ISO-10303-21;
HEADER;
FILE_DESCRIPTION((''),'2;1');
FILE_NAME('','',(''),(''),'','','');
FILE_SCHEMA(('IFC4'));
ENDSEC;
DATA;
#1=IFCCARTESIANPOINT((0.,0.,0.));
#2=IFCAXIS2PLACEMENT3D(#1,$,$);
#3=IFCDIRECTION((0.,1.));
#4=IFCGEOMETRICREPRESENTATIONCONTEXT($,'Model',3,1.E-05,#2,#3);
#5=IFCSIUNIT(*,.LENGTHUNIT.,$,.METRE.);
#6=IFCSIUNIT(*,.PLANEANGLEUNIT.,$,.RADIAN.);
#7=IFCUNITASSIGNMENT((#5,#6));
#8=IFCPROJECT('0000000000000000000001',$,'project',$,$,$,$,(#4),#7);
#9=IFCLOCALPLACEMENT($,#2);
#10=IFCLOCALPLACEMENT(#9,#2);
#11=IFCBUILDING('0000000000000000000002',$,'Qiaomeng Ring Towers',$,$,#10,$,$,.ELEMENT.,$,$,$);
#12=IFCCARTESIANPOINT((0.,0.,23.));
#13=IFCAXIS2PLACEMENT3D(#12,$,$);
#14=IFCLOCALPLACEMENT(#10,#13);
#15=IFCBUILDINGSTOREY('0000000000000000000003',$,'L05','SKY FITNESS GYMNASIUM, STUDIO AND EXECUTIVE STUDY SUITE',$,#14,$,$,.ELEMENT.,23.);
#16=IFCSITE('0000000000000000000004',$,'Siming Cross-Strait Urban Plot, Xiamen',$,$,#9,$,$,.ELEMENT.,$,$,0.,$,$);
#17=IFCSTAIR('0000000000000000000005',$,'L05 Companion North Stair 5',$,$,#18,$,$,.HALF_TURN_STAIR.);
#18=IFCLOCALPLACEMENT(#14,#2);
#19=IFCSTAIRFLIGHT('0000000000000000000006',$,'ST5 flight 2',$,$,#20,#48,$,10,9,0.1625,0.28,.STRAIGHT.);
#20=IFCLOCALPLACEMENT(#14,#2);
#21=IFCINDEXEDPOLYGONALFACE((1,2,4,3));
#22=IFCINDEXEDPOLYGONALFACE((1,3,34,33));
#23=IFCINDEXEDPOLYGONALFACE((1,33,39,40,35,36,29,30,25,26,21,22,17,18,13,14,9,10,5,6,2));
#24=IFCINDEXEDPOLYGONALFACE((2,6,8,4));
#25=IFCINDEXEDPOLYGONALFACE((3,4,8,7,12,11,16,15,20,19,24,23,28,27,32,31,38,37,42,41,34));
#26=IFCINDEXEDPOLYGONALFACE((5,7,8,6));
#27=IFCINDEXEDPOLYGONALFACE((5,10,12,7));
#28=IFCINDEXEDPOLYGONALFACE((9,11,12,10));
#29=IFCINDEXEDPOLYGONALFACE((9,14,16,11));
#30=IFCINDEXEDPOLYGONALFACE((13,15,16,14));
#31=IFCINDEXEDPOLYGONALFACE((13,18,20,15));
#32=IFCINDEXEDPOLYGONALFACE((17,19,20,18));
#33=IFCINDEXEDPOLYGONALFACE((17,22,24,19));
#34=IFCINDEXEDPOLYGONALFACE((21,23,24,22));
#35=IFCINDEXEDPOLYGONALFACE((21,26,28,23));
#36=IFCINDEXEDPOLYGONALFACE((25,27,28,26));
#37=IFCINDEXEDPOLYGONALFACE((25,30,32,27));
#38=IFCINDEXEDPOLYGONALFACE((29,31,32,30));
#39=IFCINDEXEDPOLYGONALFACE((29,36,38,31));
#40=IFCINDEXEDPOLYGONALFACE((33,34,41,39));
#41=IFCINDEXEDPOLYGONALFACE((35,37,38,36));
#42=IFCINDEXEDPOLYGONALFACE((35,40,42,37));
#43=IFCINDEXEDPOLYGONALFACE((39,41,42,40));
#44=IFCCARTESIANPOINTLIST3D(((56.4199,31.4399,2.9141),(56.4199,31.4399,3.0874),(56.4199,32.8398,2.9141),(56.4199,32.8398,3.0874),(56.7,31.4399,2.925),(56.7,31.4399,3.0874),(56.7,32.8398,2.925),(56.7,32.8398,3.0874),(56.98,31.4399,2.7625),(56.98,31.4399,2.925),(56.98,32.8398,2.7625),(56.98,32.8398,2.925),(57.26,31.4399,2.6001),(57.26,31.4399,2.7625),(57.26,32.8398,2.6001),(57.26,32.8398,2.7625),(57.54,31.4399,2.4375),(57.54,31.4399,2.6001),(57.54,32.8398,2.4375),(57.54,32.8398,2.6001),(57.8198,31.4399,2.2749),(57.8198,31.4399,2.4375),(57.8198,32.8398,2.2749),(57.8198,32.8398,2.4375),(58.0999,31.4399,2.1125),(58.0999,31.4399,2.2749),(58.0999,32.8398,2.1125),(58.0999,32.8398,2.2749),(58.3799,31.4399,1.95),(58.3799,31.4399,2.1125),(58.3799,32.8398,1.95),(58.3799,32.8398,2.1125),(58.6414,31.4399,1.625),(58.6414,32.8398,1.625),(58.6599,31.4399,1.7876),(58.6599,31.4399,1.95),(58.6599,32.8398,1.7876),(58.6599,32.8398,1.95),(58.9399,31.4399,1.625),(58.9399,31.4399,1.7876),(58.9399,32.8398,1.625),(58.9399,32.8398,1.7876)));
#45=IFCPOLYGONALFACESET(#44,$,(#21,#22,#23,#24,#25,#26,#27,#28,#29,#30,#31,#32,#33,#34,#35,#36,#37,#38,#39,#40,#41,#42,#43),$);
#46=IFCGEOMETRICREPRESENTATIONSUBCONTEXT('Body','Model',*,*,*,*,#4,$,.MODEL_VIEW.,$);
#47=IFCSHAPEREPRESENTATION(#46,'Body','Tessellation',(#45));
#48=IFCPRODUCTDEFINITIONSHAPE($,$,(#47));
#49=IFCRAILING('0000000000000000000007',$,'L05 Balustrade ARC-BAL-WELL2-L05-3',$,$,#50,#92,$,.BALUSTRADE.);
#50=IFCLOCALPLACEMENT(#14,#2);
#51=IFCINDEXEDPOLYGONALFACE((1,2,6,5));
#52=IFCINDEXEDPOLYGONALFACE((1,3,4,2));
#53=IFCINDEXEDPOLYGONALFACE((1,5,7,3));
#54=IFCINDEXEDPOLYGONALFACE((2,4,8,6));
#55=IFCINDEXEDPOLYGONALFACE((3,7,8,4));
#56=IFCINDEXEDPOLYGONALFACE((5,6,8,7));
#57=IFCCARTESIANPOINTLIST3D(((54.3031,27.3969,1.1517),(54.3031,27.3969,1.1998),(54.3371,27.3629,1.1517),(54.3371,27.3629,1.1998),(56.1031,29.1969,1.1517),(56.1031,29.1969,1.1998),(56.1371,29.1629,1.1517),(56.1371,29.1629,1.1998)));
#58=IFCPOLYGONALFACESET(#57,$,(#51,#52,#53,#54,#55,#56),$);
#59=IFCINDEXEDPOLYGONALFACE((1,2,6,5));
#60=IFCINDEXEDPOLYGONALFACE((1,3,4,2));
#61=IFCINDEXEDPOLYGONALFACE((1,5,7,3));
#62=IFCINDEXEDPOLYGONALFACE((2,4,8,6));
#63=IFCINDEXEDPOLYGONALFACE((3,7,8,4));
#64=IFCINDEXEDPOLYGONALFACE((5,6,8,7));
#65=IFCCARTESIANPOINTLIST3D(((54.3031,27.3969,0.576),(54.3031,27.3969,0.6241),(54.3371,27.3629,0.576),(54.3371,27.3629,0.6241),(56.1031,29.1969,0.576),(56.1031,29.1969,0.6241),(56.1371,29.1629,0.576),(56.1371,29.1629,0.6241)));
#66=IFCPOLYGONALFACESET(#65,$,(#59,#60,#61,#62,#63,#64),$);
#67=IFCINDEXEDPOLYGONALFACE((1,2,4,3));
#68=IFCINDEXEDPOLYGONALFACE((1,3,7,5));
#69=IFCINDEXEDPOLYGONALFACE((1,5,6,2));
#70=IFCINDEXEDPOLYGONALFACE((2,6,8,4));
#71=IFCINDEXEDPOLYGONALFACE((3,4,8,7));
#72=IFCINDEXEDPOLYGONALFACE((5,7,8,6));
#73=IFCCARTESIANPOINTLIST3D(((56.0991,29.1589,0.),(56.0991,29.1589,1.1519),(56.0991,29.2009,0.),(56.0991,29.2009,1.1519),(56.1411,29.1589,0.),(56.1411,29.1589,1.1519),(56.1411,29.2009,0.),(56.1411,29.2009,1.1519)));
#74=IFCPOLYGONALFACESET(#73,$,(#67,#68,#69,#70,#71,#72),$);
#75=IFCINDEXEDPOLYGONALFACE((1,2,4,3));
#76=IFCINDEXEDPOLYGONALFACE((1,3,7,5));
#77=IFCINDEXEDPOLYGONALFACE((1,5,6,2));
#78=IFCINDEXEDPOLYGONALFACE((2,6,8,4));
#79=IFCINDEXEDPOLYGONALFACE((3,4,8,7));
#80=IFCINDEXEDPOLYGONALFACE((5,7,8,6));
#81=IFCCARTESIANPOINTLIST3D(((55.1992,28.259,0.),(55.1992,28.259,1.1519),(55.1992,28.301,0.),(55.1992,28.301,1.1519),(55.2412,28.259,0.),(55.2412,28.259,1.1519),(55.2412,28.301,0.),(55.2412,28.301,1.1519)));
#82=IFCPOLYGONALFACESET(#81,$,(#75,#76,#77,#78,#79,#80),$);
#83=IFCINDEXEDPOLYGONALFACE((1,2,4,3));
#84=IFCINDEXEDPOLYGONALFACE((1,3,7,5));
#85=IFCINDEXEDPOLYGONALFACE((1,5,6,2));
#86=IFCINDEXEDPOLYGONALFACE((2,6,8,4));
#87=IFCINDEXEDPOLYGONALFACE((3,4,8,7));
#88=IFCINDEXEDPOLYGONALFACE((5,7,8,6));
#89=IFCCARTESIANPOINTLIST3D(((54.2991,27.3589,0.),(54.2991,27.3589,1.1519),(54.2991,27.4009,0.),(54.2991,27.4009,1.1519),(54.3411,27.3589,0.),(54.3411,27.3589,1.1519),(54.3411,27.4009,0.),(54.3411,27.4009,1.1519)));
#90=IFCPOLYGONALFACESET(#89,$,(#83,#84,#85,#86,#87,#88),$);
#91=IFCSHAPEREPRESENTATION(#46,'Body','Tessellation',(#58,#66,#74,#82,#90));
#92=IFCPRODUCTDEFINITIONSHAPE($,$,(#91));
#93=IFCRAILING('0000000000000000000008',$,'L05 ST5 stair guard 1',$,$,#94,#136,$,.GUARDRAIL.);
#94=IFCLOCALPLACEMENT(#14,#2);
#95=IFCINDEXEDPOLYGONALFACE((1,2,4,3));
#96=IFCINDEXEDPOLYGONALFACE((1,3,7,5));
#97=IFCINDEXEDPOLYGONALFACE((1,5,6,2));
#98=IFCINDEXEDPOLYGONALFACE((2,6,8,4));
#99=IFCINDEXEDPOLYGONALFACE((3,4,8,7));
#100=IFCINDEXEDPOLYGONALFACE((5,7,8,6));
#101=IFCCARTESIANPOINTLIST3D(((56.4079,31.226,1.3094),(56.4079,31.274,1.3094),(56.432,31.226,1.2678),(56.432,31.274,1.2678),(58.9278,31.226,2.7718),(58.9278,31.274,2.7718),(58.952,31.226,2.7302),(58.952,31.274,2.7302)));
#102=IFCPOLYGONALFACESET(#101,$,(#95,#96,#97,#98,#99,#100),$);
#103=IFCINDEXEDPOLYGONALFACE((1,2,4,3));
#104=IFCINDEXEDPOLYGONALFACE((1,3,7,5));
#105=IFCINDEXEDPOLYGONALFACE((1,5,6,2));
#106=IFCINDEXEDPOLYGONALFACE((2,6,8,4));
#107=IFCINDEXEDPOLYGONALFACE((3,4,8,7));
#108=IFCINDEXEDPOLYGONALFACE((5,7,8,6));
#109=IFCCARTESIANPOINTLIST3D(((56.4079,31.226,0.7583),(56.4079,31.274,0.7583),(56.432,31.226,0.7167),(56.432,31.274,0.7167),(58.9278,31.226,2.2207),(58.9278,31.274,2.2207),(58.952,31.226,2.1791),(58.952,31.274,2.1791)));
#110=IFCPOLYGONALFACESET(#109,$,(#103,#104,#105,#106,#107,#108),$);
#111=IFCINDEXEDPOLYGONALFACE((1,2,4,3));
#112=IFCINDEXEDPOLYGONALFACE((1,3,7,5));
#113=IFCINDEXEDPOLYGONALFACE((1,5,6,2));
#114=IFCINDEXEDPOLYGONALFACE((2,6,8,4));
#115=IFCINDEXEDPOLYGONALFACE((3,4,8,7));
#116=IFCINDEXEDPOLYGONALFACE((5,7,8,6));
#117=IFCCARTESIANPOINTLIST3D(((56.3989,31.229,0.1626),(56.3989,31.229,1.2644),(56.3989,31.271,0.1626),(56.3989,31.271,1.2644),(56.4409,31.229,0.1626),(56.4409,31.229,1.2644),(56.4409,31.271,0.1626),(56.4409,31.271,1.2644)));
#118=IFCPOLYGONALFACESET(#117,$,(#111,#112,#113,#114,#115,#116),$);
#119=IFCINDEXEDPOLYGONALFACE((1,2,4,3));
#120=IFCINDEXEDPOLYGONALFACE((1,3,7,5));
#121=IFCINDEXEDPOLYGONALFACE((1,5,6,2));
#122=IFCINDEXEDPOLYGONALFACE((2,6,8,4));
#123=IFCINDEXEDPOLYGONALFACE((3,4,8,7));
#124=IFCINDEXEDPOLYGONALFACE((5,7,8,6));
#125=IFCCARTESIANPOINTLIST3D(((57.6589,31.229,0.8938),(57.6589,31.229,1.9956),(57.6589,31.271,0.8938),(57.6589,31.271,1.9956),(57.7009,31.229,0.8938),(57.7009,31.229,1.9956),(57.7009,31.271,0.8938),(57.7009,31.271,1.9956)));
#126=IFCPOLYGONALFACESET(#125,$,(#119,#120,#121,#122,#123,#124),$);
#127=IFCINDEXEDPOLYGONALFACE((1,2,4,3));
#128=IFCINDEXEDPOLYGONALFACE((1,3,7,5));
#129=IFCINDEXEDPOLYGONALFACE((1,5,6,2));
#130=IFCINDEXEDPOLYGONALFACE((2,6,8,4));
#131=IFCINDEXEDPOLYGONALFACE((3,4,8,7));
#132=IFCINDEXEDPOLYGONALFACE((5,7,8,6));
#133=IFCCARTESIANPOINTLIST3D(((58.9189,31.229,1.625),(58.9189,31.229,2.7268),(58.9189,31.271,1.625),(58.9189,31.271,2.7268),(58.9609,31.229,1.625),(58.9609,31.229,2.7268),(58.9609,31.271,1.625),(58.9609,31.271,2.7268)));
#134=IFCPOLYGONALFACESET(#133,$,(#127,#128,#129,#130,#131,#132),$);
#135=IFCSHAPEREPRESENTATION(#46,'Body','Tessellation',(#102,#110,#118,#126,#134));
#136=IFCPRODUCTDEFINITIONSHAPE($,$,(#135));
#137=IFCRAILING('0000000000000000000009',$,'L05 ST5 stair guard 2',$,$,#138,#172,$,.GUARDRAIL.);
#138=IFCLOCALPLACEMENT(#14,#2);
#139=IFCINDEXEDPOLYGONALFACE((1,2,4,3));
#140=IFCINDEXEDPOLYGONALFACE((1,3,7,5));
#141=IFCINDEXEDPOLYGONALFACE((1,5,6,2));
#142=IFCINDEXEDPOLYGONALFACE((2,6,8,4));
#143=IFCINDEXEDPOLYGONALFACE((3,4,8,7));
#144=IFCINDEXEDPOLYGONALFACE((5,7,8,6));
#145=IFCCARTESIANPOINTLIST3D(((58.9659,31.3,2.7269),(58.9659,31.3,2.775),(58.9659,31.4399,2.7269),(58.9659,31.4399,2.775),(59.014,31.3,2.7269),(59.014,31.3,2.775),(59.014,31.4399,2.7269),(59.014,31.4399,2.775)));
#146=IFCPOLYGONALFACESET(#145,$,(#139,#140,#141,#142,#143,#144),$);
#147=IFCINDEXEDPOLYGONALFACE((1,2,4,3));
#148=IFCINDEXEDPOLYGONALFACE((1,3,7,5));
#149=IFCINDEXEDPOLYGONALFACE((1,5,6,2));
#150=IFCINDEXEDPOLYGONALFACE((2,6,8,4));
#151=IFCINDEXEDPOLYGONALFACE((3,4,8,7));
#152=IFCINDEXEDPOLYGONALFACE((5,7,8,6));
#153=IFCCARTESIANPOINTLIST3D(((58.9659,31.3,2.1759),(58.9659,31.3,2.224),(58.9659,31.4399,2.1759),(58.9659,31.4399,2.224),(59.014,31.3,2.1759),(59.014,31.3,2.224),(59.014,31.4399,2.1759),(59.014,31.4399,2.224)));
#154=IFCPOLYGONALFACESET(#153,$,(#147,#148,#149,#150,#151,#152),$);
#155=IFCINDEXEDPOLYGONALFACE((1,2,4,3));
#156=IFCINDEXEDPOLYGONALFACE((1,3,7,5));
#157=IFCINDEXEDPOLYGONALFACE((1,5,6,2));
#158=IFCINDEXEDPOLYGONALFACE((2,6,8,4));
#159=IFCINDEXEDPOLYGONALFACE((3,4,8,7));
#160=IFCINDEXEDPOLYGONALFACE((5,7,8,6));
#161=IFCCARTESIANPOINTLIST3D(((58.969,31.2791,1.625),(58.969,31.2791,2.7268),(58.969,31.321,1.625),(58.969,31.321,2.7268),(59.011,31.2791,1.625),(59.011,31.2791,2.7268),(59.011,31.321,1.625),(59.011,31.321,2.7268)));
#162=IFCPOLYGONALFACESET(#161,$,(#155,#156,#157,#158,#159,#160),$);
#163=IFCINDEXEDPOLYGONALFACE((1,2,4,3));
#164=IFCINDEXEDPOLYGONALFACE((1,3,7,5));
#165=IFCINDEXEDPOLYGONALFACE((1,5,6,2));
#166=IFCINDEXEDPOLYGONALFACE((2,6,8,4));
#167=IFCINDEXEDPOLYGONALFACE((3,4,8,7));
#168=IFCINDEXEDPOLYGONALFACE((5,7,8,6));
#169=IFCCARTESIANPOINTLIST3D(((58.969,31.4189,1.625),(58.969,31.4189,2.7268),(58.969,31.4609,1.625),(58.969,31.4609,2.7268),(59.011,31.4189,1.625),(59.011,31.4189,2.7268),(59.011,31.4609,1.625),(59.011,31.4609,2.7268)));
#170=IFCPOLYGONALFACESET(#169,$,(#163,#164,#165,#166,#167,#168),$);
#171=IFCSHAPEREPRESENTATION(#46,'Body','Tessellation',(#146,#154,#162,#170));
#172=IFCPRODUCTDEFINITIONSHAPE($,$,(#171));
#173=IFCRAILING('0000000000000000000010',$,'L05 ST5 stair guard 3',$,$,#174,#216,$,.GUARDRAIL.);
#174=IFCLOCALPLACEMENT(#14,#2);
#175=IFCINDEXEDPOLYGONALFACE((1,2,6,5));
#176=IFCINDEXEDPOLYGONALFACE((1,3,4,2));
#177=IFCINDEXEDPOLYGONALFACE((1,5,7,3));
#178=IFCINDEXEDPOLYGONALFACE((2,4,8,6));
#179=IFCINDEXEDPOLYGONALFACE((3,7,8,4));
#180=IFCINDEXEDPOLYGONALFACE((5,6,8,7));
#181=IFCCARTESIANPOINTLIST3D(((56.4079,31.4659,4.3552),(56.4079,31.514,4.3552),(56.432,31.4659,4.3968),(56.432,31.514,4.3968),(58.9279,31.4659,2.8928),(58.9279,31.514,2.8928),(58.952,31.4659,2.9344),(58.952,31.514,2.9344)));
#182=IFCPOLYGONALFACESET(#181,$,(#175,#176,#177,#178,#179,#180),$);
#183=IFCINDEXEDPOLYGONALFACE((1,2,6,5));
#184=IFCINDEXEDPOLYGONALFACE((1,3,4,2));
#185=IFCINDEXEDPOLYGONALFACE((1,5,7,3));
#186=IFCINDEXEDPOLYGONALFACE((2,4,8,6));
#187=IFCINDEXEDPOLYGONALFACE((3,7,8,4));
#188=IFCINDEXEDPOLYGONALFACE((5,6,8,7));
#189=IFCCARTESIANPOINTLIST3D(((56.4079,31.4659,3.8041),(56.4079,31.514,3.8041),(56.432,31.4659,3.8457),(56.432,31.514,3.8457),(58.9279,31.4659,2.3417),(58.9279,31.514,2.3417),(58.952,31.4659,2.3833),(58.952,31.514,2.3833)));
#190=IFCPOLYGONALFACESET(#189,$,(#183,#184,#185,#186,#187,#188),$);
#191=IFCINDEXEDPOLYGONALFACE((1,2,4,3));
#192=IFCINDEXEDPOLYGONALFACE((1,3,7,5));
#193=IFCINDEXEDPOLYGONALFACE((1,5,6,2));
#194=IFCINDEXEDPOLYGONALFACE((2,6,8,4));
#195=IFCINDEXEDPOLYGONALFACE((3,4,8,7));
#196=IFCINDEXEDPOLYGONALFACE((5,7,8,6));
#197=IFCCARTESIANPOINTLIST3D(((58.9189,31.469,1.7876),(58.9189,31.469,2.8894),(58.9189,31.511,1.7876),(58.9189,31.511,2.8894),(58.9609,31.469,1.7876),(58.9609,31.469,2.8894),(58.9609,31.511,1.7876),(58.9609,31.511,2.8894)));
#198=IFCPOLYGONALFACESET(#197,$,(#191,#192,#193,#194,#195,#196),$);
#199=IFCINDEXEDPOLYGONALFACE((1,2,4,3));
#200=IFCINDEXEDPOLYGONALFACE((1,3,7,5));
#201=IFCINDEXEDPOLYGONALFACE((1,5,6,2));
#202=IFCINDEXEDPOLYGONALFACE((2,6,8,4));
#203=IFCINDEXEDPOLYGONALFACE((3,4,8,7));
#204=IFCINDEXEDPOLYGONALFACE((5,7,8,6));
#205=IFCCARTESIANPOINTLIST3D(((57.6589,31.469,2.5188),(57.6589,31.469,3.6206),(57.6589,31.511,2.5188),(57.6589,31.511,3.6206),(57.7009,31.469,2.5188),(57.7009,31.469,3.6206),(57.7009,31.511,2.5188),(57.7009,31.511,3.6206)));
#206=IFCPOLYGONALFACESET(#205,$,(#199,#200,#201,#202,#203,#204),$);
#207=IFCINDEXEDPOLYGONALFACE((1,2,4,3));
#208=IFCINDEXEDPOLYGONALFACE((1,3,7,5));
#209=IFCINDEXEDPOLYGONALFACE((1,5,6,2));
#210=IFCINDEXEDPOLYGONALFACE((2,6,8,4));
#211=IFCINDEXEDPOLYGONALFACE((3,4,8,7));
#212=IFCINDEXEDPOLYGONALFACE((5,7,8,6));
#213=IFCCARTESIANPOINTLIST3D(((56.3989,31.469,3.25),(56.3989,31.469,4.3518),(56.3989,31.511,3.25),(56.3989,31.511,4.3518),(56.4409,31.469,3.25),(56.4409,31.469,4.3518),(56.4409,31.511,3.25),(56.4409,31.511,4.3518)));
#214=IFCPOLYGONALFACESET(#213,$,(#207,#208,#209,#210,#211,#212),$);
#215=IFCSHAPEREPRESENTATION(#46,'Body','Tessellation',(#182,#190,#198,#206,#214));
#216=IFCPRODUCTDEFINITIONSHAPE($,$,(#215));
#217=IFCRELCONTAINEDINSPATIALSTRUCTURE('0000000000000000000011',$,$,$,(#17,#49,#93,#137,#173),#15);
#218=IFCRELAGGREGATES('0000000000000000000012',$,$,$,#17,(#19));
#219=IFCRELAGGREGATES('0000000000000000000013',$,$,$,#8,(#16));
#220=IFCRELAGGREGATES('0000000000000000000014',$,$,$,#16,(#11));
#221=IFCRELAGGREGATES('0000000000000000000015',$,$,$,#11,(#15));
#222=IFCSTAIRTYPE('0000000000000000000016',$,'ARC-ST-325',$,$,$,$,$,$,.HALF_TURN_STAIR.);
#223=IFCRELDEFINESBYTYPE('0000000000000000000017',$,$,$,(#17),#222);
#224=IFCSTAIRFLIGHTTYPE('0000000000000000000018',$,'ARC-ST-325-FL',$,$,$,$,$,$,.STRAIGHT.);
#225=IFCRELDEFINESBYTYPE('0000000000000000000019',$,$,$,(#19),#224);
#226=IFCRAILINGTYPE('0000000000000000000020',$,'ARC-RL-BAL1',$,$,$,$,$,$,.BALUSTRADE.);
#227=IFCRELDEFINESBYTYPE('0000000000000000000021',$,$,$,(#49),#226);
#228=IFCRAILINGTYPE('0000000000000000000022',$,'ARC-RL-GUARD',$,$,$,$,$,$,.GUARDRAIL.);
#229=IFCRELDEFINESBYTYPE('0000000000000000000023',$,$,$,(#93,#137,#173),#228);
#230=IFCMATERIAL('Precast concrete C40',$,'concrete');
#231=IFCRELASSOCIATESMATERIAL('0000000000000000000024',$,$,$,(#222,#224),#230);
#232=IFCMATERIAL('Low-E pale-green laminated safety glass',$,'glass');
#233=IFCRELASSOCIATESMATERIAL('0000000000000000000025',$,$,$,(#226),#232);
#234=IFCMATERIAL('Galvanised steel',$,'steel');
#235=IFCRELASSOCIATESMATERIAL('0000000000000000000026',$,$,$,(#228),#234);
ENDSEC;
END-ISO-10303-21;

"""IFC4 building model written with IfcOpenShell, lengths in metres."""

from ifc_helpers import new_model, si_unit, direction, frame, origin, origin_2d, place, context, subcontext, project, spatial, polyline, rectangle, outline, extrude, source, transform, mapped, material, type_object, element, aggregate, save


model = new_model("IFC4")

# Units and contexts
model_context = context("Model", 3, precision=1e-05, world=origin(), true_north=direction((0.0, 1.0)))
body_context = subcontext(model_context, "Body", "Model", "MODEL_VIEW")
ifc_project = project(units=[si_unit("LENGTHUNIT", "METRE"), si_unit("PLANEANGLEUNIT", "RADIAN")], contexts=[model_context])

# Site, building, storey
site_placement = place(None, origin())
site = spatial("IfcSite", under=ifc_project, at=site_placement, Name="Siming Cross-Strait Urban Plot, Xiamen", CompositionType="ELEMENT", RefElevation=0.0)
building_placement = place(site_placement, origin())
building = spatial("IfcBuilding", under=site, at=building_placement, Name="Qiaomeng Ring Towers", CompositionType="ELEMENT")
storey_placement = place(building_placement, frame((0.0, 0.0, 23.0)))
storey = spatial("IfcBuildingStorey", under=building, at=storey_placement, Name="L05", Description="SKY FITNESS GYMNASIUM, STUDIO AND EXECUTIVE STUDY SUITE", CompositionType="ELEMENT", Elevation=23.0)

# Shared definitions
ifc_material_1 = material(Name="Precast concrete C40", Category="concrete")

# Stair, stair flight
stair_type = type_object("IfcStairType", Name="ARC-ST-325", PredefinedType="HALF_TURN_STAIR", material=ifc_material_1)
stair_placement = place(storey_placement, origin())
stair = element("IfcStair", 1, at=stair_placement, inside=storey, type_object=stair_type, Name="L05 Companion North Stair 5", PredefinedType="HALF_TURN_STAIR")
stair_flight_type = type_object("IfcStairFlightType", Name="ARC-ST-325-FL", PredefinedType="STRAIGHT", material=ifc_material_1)
shared_shape_1 = source(origin(), body_context, "Body", "SweptSolid", [
    extrude(outline(polyline([(0.0, 0.0), (0.0, 0.1626), (0.28, 0.1626), (0.28, 0.325), (0.5601, 0.325), (0.5601, 0.4875), (0.8401, 0.4875), (0.8401, 0.6499), (1.1201, 0.6499), (1.1201, 0.8125), (1.3999, 0.8125), (1.3999, 0.9751), (1.6799, 0.9751), (1.6799, 1.1375), (1.96, 1.1375), (1.96, 1.3), (2.24, 1.3), (2.24, 1.4624), (2.52, 1.4624), (2.52, 1.625), (2.52, 1.2891), (0.2986, 0.0), (0.0, 0.0)])), frame((0.0, 0.7, 0.0), z_axis=(0.0, -1.0, 0.0), x_axis=(1.0, 0.0, 0.0)), (0.0, 0.0, 1.0), 1.3999),
])
stair_flight_1_placement = place(storey_placement, frame((58.9399, 32.1399, 1.625), z_axis=(0.0, 0.0, 1.0), x_axis=(-1.0, 0.0, 0.0)))
stair_flight_1 = element("IfcStairFlight", 2, at=stair_flight_1_placement, type_object=stair_flight_type, Name="ST5 flight 2", NumberOfRisers=10, NumberOfTreads=9, PredefinedType="STRAIGHT", RiserHeight=0.1625, TreadLength=0.28, context=body_context, shape_type="MappedRepresentation", body=[
    mapped(shared_shape_1, transform((0.0, 0.0, 0.0), x_axis=(1.0, 0.0, 0.0), y_axis=(0.0, 1.0, 0.0), z_axis=(0.0, 0.0, 1.0), scale=1.0)),
])
aggregate(stair, [stair_flight_1])

# Railings
ifc_material_2 = material(Name="Low-E pale-green laminated safety glass", Category="glass")
railing_type_1 = type_object("IfcRailingType", Name="ARC-RL-BAL1", PredefinedType="BALUSTRADE", material=ifc_material_2)
railing_1_placement = place(storey_placement, frame((56.1201, 29.1799, 0.0)))
element("IfcRailing", 3, at=railing_1_placement, inside=storey, type_object=railing_type_1, Name="L05 Balustrade ARC-BAL-WELL2-L05-3", PredefinedType="BALUSTRADE", context=body_context, shape_type="SweptSolid", body=[
    extrude(rectangle(XDim=0.0481, YDim=0.0481, at=origin_2d()), frame((0.0, 0.0, 1.1758), z_axis=(-0.707107, -0.707107, 0.0), x_axis=(0.707107, -0.707107, 0.0)), (0.0, 0.0, 1.0), 2.5457),
    extrude(rectangle(XDim=0.0481, YDim=0.0481, at=origin_2d()), frame((0.0, 0.0, 0.6001), z_axis=(-0.707107, -0.707107, 0.0), x_axis=(0.707107, -0.707107, 0.0)), (0.0, 0.0, 1.0), 2.5457),
    extrude(rectangle(XDim=0.042, YDim=0.042, at=origin_2d()), origin(), (0.0, 0.0, 1.0), 1.1519),
    extrude(rectangle(XDim=0.042, YDim=0.042, at=origin_2d()), frame((-0.8999, -0.8999, 0.0)), (0.0, 0.0, 1.0), 1.1519),
    extrude(rectangle(XDim=0.042, YDim=0.042, at=origin_2d()), frame((-1.8, -1.8, 0.0)), (0.0, 0.0, 1.0), 1.1519),
])
ifc_material_3 = material(Name="Galvanised steel", Category="steel")
railing_type_2 = type_object("IfcRailingType", Name="ARC-RL-GUARD", PredefinedType="GUARDRAIL", material=ifc_material_3)
railing_2_placement = place(storey_placement, frame((56.4199, 31.25, 0.1626)))
element("IfcRailing", 4, at=railing_2_placement, inside=storey, type_object=railing_type_2, Name="L05 ST5 stair guard 1", PredefinedType="GUARDRAIL", context=body_context, shape_type="SweptSolid", body=[
    extrude(rectangle(XDim=0.0481, YDim=0.0481, at=origin_2d()), frame((0.0, 0.0, 1.126), z_axis=(0.864913, 0.0, 0.501921), x_axis=(0.0, 1.0, 0.0)), (0.0, 0.0, 1.0), 2.9136),
    extrude(rectangle(XDim=0.0481, YDim=0.0481, at=origin_2d()), frame((0.0, 0.0, 0.575), z_axis=(0.864913, 0.0, 0.501921), x_axis=(0.0, 1.0, 0.0)), (0.0, 0.0, 1.0), 2.9136),
    extrude(rectangle(XDim=0.042, YDim=0.042, at=origin_2d()), origin(), (0.0, 0.0, 1.0), 1.1018),
    extrude(rectangle(XDim=0.042, YDim=0.042, at=origin_2d()), frame((1.26, 0.0, 0.7312)), (0.0, 0.0, 1.0), 1.1018),
    extrude(rectangle(XDim=0.042, YDim=0.042, at=origin_2d()), frame((2.52, 0.0, 1.4624)), (0.0, 0.0, 1.0), 1.1018),
])
railing_3_placement = place(storey_placement, frame((58.99, 31.3, 1.625)))
element("IfcRailing", 5, at=railing_3_placement, inside=storey, type_object=railing_type_2, Name="L05 ST5 stair guard 2", PredefinedType="GUARDRAIL", context=body_context, shape_type="SweptSolid", body=[
    extrude(rectangle(XDim=0.0481, YDim=0.0481, at=origin_2d()), frame((0.0, 0.0, 1.126), z_axis=(0.0, 1.0, 0.0), x_axis=(-1.0, 0.0, 0.0)), (0.0, 0.0, 1.0), 0.1399),
    extrude(rectangle(XDim=0.0481, YDim=0.0481, at=origin_2d()), frame((0.0, 0.0, 0.575), z_axis=(0.0, 1.0, 0.0), x_axis=(-1.0, 0.0, 0.0)), (0.0, 0.0, 1.0), 0.1399),
    extrude(rectangle(XDim=0.042, YDim=0.042, at=origin_2d()), origin(), (0.0, 0.0, 1.0), 1.1018),
    extrude(rectangle(XDim=0.042, YDim=0.042, at=origin_2d()), frame((0.0, 0.1399, 0.0)), (0.0, 0.0, 1.0), 1.1018),
])
railing_4_placement = place(storey_placement, frame((58.9399, 31.49, 1.7876)))
element("IfcRailing", 6, at=railing_4_placement, inside=storey, type_object=railing_type_2, Name="L05 ST5 stair guard 3", PredefinedType="GUARDRAIL", context=body_context, shape_type="SweptSolid", body=[
    extrude(rectangle(XDim=0.0481, YDim=0.0481, at=origin_2d()), frame((0.0, 0.0, 1.126), z_axis=(-0.864913, 0.0, 0.501921), x_axis=(0.0, -1.0, 0.0)), (0.0, 0.0, 1.0), 2.9136),
    extrude(rectangle(XDim=0.0481, YDim=0.0481, at=origin_2d()), frame((0.0, 0.0, 0.575), z_axis=(-0.864913, 0.0, 0.501921), x_axis=(0.0, -1.0, 0.0)), (0.0, 0.0, 1.0), 2.9136),
    extrude(rectangle(XDim=0.042, YDim=0.042, at=origin_2d()), origin(), (0.0, 0.0, 1.0), 1.1018),
    extrude(rectangle(XDim=0.042, YDim=0.042, at=origin_2d()), frame((-1.26, 0.0, 0.7312)), (0.0, 0.0, 1.0), 1.1018),
    extrude(rectangle(XDim=0.042, YDim=0.042, at=origin_2d()), frame((-2.52, 0.0, 1.4624)), (0.0, 0.0, 1.0), 1.1018),
])

save(model, "model.ifc")
